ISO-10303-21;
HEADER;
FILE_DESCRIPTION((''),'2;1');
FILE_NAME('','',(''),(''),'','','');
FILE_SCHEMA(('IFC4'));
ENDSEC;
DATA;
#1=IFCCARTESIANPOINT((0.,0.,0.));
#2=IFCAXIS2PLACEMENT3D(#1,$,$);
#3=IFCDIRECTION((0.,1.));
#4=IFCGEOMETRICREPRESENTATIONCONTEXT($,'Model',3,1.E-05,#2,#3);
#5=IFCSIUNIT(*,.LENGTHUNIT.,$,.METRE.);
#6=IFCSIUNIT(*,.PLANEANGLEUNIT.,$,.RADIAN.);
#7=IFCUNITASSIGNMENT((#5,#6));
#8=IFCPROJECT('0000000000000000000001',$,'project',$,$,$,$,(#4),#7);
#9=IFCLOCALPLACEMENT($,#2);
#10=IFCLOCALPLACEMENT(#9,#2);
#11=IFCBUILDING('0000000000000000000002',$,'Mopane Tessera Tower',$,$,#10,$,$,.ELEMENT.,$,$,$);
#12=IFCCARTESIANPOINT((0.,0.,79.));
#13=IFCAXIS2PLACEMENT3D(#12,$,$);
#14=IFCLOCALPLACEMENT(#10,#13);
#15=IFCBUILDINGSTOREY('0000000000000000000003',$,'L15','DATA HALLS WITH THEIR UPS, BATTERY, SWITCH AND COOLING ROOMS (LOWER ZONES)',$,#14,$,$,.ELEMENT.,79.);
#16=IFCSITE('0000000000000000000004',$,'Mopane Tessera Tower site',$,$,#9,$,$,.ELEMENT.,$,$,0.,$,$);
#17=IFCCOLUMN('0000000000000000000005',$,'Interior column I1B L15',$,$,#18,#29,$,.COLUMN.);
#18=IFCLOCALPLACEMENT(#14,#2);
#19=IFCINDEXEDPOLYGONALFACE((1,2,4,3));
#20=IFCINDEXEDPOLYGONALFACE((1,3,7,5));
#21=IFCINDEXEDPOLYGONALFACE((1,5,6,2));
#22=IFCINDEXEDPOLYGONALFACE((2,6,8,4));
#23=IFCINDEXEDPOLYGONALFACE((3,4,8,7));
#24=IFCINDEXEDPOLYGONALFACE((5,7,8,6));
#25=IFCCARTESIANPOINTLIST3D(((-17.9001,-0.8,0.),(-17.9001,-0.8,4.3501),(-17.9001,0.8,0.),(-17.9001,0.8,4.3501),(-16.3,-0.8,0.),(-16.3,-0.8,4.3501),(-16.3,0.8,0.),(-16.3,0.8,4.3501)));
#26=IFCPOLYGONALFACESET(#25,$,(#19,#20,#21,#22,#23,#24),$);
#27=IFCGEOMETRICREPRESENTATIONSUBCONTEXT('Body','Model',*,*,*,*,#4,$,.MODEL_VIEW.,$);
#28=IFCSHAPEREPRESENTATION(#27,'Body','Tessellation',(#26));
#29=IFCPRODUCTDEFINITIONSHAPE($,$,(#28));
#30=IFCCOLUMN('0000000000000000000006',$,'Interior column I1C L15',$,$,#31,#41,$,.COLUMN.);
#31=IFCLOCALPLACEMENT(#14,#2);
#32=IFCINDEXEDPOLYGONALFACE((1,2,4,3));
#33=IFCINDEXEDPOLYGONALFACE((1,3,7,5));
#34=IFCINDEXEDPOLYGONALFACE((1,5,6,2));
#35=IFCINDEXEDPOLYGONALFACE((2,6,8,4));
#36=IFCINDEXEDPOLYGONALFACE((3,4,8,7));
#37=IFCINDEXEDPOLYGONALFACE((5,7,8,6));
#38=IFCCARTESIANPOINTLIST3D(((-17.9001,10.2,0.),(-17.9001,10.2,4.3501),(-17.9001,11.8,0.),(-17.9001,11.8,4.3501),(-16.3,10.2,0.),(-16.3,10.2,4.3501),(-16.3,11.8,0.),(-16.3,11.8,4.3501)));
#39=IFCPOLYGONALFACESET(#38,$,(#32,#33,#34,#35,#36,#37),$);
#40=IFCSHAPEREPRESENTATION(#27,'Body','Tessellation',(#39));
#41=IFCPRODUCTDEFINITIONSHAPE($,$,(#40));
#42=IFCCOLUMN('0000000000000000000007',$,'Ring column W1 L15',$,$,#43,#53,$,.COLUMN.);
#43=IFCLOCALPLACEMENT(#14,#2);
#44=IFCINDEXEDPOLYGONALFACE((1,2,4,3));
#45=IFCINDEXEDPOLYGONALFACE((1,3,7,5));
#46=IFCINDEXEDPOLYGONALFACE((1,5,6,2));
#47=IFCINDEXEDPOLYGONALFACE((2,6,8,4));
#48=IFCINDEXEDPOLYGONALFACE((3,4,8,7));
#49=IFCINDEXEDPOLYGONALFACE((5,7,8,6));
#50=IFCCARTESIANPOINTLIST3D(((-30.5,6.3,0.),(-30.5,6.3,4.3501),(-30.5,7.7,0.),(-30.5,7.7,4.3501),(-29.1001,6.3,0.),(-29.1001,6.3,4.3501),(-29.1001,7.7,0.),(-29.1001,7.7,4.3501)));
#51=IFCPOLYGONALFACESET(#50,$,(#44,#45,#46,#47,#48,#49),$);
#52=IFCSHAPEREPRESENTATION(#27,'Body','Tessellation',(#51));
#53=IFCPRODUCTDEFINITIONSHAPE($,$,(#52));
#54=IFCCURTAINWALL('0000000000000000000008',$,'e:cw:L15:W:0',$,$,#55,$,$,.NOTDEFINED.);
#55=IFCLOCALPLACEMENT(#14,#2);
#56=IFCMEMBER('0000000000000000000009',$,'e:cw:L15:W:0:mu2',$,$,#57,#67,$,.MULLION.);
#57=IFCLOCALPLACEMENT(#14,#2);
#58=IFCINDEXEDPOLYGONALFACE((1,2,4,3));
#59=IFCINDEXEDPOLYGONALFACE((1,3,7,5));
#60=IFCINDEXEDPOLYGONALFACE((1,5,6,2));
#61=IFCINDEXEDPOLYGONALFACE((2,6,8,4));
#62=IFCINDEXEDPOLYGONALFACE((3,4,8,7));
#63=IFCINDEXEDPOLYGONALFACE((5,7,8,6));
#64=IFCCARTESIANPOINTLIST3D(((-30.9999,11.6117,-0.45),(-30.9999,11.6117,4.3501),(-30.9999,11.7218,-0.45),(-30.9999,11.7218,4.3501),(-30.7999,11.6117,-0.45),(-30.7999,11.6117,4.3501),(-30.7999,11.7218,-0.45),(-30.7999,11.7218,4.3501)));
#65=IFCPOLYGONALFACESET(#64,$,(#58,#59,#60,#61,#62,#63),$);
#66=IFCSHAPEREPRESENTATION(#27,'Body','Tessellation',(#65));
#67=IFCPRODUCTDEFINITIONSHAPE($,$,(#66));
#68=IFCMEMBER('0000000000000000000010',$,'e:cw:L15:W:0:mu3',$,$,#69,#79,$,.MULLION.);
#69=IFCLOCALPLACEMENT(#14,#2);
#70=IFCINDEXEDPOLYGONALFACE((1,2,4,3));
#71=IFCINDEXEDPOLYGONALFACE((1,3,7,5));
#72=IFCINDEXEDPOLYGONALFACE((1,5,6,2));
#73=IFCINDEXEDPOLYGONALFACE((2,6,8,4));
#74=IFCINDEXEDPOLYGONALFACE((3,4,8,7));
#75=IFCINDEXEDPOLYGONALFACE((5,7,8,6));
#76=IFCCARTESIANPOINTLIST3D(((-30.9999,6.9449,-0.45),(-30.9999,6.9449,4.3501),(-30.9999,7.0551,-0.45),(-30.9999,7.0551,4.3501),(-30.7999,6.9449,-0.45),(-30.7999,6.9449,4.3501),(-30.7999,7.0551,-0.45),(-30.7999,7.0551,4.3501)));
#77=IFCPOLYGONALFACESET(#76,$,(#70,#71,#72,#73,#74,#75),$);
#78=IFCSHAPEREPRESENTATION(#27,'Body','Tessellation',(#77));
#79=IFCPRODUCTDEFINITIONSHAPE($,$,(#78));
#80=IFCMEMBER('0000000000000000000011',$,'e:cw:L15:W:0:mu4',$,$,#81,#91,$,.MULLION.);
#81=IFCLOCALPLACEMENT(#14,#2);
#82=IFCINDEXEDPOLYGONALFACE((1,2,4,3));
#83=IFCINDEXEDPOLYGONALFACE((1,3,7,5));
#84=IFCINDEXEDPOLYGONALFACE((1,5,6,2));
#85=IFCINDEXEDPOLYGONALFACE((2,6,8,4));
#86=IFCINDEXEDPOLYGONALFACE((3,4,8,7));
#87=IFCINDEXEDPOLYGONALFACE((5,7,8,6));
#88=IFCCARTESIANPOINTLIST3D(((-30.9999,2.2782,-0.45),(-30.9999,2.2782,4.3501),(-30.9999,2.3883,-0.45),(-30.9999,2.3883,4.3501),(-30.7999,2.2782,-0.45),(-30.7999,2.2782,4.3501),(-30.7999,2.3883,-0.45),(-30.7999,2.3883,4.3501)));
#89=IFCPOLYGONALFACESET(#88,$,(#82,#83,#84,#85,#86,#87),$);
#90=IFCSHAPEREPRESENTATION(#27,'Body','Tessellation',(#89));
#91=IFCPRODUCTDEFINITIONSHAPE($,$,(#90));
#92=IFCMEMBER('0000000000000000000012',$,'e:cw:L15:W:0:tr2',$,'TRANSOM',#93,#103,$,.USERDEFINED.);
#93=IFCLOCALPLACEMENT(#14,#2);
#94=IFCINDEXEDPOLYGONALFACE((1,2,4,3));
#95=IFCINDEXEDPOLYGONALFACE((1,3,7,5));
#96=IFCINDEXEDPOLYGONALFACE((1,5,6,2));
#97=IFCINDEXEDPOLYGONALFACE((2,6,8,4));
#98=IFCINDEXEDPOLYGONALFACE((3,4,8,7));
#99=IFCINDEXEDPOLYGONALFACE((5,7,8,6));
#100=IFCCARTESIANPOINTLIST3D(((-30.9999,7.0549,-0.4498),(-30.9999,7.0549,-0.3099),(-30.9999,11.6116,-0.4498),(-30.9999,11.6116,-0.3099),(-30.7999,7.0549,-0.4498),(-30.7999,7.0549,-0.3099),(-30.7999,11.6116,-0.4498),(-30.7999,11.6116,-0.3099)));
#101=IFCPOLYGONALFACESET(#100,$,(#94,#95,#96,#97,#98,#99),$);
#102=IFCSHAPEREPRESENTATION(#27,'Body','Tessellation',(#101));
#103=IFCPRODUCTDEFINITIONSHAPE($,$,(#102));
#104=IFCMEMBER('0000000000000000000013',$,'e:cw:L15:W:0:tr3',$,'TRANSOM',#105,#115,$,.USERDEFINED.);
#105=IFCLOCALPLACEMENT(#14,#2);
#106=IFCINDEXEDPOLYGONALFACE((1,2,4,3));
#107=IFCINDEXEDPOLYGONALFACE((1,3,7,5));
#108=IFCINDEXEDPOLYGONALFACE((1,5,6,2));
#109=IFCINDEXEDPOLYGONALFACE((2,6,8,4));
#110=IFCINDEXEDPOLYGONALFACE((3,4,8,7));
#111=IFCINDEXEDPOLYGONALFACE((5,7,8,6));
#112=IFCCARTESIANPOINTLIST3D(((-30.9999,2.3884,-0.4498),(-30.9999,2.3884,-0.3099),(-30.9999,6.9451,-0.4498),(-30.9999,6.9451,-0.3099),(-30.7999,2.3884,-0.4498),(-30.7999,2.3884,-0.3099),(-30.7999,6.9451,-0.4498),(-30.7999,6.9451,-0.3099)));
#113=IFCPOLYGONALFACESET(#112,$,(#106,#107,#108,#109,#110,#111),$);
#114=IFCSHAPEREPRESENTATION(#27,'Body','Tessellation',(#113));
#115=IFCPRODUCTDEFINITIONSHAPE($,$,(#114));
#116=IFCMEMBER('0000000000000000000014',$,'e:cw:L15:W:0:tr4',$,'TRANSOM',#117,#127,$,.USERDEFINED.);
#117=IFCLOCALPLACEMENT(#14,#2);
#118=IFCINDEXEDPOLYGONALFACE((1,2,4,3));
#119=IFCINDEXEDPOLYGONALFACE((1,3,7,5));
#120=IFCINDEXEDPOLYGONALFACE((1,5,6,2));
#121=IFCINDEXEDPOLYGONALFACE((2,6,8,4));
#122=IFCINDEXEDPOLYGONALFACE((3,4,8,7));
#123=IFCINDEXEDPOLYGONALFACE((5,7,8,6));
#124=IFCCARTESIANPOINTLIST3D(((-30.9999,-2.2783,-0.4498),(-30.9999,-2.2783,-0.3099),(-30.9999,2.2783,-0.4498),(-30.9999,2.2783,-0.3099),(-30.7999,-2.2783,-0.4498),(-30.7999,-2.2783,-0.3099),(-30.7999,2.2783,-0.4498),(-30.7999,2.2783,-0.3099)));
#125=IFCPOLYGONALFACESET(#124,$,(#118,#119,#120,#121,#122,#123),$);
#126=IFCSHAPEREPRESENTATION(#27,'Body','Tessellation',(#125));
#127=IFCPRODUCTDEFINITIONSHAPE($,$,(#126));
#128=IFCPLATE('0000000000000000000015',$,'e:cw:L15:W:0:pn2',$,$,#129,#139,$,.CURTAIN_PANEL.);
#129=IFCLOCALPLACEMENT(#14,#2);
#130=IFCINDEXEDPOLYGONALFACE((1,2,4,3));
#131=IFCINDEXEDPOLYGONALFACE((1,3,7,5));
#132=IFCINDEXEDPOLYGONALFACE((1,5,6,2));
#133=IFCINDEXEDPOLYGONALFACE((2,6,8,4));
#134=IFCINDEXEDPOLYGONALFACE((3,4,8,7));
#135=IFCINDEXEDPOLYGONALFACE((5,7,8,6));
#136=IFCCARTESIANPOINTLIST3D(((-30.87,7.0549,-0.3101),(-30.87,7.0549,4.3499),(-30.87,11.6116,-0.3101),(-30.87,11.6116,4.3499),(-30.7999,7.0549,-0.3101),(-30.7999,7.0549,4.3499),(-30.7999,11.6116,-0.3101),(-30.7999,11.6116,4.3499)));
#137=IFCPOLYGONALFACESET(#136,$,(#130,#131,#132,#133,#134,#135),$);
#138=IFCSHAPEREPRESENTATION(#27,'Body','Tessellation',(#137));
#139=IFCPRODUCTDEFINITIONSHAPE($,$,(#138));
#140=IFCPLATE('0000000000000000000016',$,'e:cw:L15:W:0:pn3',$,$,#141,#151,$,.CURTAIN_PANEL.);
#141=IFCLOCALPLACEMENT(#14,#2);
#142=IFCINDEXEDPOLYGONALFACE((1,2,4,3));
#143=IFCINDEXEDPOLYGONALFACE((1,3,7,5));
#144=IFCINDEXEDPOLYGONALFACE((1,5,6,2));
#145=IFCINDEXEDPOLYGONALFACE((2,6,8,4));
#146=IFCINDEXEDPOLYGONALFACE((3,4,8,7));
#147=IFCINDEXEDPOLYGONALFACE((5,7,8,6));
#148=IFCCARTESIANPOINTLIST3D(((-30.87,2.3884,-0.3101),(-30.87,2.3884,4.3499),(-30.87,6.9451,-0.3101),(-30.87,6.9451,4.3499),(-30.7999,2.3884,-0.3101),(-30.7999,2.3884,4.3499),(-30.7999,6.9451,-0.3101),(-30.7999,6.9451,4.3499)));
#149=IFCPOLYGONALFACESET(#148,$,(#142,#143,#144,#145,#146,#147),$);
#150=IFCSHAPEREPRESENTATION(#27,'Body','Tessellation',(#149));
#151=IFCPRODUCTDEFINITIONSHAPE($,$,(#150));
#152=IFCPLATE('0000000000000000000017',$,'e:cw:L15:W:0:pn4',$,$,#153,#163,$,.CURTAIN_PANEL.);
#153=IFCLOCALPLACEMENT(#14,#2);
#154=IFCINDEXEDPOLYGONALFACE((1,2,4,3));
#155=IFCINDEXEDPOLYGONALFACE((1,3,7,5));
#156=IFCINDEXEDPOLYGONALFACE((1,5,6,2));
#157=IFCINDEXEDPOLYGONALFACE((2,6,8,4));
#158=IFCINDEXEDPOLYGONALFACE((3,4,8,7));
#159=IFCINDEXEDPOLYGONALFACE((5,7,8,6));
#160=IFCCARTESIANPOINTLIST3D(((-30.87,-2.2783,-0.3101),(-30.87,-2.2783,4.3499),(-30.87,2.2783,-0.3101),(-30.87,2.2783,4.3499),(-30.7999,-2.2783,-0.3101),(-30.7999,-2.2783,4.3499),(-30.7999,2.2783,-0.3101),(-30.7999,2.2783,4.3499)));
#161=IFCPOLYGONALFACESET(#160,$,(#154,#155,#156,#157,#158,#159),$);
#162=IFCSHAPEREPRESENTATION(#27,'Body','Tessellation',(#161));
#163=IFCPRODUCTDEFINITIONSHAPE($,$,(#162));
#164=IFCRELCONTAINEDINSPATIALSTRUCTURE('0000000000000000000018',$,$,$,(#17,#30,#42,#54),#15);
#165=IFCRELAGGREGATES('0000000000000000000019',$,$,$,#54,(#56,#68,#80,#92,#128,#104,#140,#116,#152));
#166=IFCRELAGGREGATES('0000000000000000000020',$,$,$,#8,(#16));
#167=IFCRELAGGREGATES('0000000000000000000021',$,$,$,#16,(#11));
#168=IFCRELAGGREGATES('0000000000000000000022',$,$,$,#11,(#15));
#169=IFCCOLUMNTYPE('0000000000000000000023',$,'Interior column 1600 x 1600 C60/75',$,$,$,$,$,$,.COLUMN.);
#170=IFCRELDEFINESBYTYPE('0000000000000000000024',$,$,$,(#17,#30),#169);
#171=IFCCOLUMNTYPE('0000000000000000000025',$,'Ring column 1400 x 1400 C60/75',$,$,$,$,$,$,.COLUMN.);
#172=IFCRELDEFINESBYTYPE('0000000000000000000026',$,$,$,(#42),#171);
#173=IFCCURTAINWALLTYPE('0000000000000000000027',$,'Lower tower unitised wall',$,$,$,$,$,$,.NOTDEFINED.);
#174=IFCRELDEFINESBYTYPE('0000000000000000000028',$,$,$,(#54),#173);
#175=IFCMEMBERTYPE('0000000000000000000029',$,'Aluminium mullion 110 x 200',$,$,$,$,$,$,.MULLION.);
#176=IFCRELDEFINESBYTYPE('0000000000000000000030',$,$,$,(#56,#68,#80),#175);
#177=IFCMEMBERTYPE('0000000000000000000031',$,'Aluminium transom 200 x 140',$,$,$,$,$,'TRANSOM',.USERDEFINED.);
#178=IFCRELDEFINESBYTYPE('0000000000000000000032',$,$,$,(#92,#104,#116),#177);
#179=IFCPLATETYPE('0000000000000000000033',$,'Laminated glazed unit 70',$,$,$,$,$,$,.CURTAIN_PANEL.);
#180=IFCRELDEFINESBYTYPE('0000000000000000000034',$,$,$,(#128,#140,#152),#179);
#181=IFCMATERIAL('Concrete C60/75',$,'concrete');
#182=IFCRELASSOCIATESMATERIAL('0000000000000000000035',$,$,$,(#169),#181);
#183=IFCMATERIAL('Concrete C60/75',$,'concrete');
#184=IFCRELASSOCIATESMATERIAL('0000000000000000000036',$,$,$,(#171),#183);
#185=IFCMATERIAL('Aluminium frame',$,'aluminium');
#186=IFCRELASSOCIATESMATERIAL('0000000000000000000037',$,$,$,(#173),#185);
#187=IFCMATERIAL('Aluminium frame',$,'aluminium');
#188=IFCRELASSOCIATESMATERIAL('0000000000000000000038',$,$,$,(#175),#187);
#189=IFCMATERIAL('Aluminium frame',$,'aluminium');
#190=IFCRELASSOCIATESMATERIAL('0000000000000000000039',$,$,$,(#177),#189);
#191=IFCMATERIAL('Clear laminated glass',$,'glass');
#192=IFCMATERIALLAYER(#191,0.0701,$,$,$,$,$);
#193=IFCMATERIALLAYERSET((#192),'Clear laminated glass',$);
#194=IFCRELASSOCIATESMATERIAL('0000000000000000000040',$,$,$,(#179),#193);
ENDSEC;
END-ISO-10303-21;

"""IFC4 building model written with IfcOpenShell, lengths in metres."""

from ifc_helpers import new_model, si_unit, direction, frame, origin, origin_2d, place, context, subcontext, project, spatial, rectangle, extrude, material, layer, layer_set, material_profile, profile_set, type_object, element, aggregate, save


model = new_model("IFC4")

# Units and contexts
model_context = context("Model", 3, precision=1e-05, world=origin(), true_north=direction((0.0, 1.0)))
body_context = subcontext(model_context, "Body", "Model", "MODEL_VIEW")
ifc_project = project(units=[si_unit("LENGTHUNIT", "METRE"), si_unit("PLANEANGLEUNIT", "RADIAN")], contexts=[model_context])

# Site, building, storey
site_placement = place(None, origin())
site = spatial("IfcSite", under=ifc_project, at=site_placement, Name="Mopane Tessera Tower site", CompositionType="ELEMENT", RefElevation=0.0)
building_placement = place(site_placement, origin())
building = spatial("IfcBuilding", under=site, at=building_placement, Name="Mopane Tessera Tower", CompositionType="ELEMENT")
storey_placement = place(building_placement, frame((0.0, 0.0, 79.0)))
storey = spatial("IfcBuildingStorey", under=building, at=storey_placement, Name="L15", Description="DATA HALLS WITH THEIR UPS, BATTERY, SWITCH AND COOLING ROOMS (LOWER ZONES)", CompositionType="ELEMENT", Elevation=79.0)

# Columns
ifc_material_1 = material(Name="Concrete C60/75", Category="concrete")
ifc_material_profile_1 = material_profile(ifc_material_1, rectangle(XDim=1.6001, YDim=1.6001, at=origin_2d()))
ifc_profile_set_1 = profile_set([ifc_material_profile_1], Name="Concrete C60/75")
column_type_1 = type_object("IfcColumnType", Name="Interior column 1600 x 1600 C60/75", PredefinedType="COLUMN", material=ifc_profile_set_1)
for number, where, z_axis, x_axis, name in (
    (1, (-17.1001, 0.0, 0.0), (0.0, 0.0, 1.0), (1.0, 0.0, 0.0), "Interior column I1B L15"),
    (2, (-17.1001, 11.0, 0.0), (0.0, 0.0, 1.0), (1.0, 0.0, 0.0), "Interior column I1C L15"),
):
    element("IfcColumn", number, at=place(storey_placement, frame(where, z_axis=z_axis, x_axis=x_axis)), inside=storey, type_object=column_type_1, Name=name, PredefinedType="COLUMN", context=body_context, shape_type="SweptSolid", body=[
        extrude(rectangle(XDim=1.6001, YDim=1.6001, at=origin_2d()), origin(), (0.0, 0.0, 1.0), 4.3501),
    ])
ifc_material_2 = material(Name="Concrete C60/75", Category="concrete")
ifc_material_profile_2 = material_profile(ifc_material_2, rectangle(XDim=1.3999, YDim=1.3999, at=origin_2d()))
ifc_profile_set_2 = profile_set([ifc_material_profile_2], Name="Concrete C60/75")
column_type_2 = type_object("IfcColumnType", Name="Ring column 1400 x 1400 C60/75", PredefinedType="COLUMN", material=ifc_profile_set_2)
column_placement = place(storey_placement, frame((-29.8, 7.0, 0.0), z_axis=(0.0, 0.0, 1.0), x_axis=(1.0, 0.0, 0.0)))
element("IfcColumn", 3, at=column_placement, inside=storey, type_object=column_type_2, Name="Ring column W1 L15", PredefinedType="COLUMN", context=body_context, shape_type="SweptSolid", body=[
    extrude(rectangle(XDim=1.3999, YDim=1.3999, at=origin_2d()), origin(), (0.0, 0.0, 1.0), 4.3501),
])

# Curtain wall, members, plates
ifc_material_3 = material(Name="Aluminium frame", Category="aluminium")
curtain_wall_type = type_object("IfcCurtainWallType", Name="Lower tower unitised wall", PredefinedType="NOTDEFINED", material=ifc_material_3)
curtain_wall_placement = place(storey_placement, origin())
curtain_wall = element("IfcCurtainWall", 4, at=curtain_wall_placement, inside=storey, type_object=curtain_wall_type, Name="e:cw:L15:W:0", PredefinedType="NOTDEFINED")
ifc_material_4 = material(Name="Aluminium frame", Category="aluminium")
ifc_material_profile_3 = material_profile(ifc_material_4, rectangle(XDim=0.1101, YDim=0.2, at=origin_2d()))
ifc_profile_set_3 = profile_set([ifc_material_profile_3], Name="Aluminium frame")
member_type_1 = type_object("IfcMemberType", Name="Aluminium mullion 110 x 200", PredefinedType="MULLION", material=ifc_profile_set_3)
member_1_placement = place(storey_placement, frame((-30.8999, 11.6667, -0.45), z_axis=(0.0, 0.0, 1.0), x_axis=(0.0, -1.0, 0.0)))
member_1 = element("IfcMember", 5, at=member_1_placement, type_object=member_type_1, Name="e:cw:L15:W:0:mu2", PredefinedType="MULLION", context=body_context, shape_type="SweptSolid", body=[
    extrude(rectangle(XDim=0.1101, YDim=0.2, at=origin_2d()), origin(), (0.0, 0.0, 1.0), 4.8),
])
member_2_placement = place(storey_placement, frame((-30.8999, 7.0, -0.45), z_axis=(0.0, 0.0, 1.0), x_axis=(0.0, -1.0, 0.0)))
member_2 = element("IfcMember", 6, at=member_2_placement, type_object=member_type_1, Name="e:cw:L15:W:0:mu3", PredefinedType="MULLION", context=body_context, shape_type="SweptSolid", body=[
    extrude(rectangle(XDim=0.1101, YDim=0.2, at=origin_2d()), origin(), (0.0, 0.0, 1.0), 4.8),
])
member_3_placement = place(storey_placement, frame((-30.8999, 2.3333, -0.45), z_axis=(0.0, 0.0, 1.0), x_axis=(0.0, -1.0, 0.0)))
member_3 = element("IfcMember", 7, at=member_3_placement, type_object=member_type_1, Name="e:cw:L15:W:0:mu4", PredefinedType="MULLION", context=body_context, shape_type="SweptSolid", body=[
    extrude(rectangle(XDim=0.1101, YDim=0.2, at=origin_2d()), origin(), (0.0, 0.0, 1.0), 4.8),
])
ifc_material_5 = material(Name="Aluminium frame", Category="aluminium")
ifc_material_profile_4 = material_profile(ifc_material_5, rectangle(XDim=0.2, YDim=0.1399, at=origin_2d()))
ifc_profile_set_4 = profile_set([ifc_material_profile_4], Name="Aluminium frame")
member_type_2 = type_object("IfcMemberType", Name="Aluminium transom 200 x 140", ElementType="TRANSOM", PredefinedType="USERDEFINED", material=ifc_profile_set_4)
member_4_placement = place(storey_placement, frame((-30.8999, 11.6116, -0.3799), z_axis=(0.0, -1.0, 0.0), x_axis=(1.0, 0.0, 0.0)))
member_4 = element("IfcMember", 8, at=member_4_placement, type_object=member_type_2, Name="e:cw:L15:W:0:tr2", ObjectType="TRANSOM", PredefinedType="USERDEFINED", context=body_context, shape_type="SweptSolid", body=[
    extrude(rectangle(XDim=0.2, YDim=0.1399, at=origin_2d()), origin(), (0.0, 0.0, 1.0), 4.5566),
])
member_5_placement = place(storey_placement, frame((-30.8999, 6.9451, -0.3799), z_axis=(0.0, -1.0, 0.0), x_axis=(1.0, 0.0, 0.0)))
member_5 = element("IfcMember", 9, at=member_5_placement, type_object=member_type_2, Name="e:cw:L15:W:0:tr3", ObjectType="TRANSOM", PredefinedType="USERDEFINED", context=body_context, shape_type="SweptSolid", body=[
    extrude(rectangle(XDim=0.2, YDim=0.1399, at=origin_2d()), origin(), (0.0, 0.0, 1.0), 4.5566),
])
member_6_placement = place(storey_placement, frame((-30.8999, 2.2783, -0.3799), z_axis=(0.0, -1.0, 0.0), x_axis=(1.0, 0.0, 0.0)))
member_6 = element("IfcMember", 10, at=member_6_placement, type_object=member_type_2, Name="e:cw:L15:W:0:tr4", ObjectType="TRANSOM", PredefinedType="USERDEFINED", context=body_context, shape_type="SweptSolid", body=[
    extrude(rectangle(XDim=0.2, YDim=0.1399, at=origin_2d()), origin(), (0.0, 0.0, 1.0), 4.5566),
])
ifc_material_6 = material(Name="Clear laminated glass", Category="glass")
ifc_layer_1 = layer(ifc_material_6, 0.0701)
ifc_layer_set_1 = layer_set([ifc_layer_1], Name="Clear laminated glass")
plate_type = type_object("IfcPlateType", Name="Laminated glazed unit 70", PredefinedType="CURTAIN_PANEL", material=ifc_layer_set_1)
plate_1_placement = place(storey_placement, frame((-30.835, 9.3333, -0.3101), z_axis=(0.0, 0.0, 1.0), x_axis=(0.0, -1.0, 0.0)))
plate_1 = element("IfcPlate", 11, at=plate_1_placement, type_object=plate_type, Name="e:cw:L15:W:0:pn2", PredefinedType="CURTAIN_PANEL", context=body_context, shape_type="SweptSolid", body=[
    extrude(rectangle(XDim=4.5566, YDim=0.0701, at=origin_2d()), origin(), (0.0, 0.0, 1.0), 4.6599),
])
plate_2_placement = place(storey_placement, frame((-30.835, 4.6667, -0.3101), z_axis=(0.0, 0.0, 1.0), x_axis=(0.0, -1.0, 0.0)))
plate_2 = element("IfcPlate", 12, at=plate_2_placement, type_object=plate_type, Name="e:cw:L15:W:0:pn3", PredefinedType="CURTAIN_PANEL", context=body_context, shape_type="SweptSolid", body=[
    extrude(rectangle(XDim=4.5566, YDim=0.0701, at=origin_2d()), origin(), (0.0, 0.0, 1.0), 4.6599),
])
plate_3_placement = place(storey_placement, frame((-30.835, 0.0, -0.3101), z_axis=(0.0, 0.0, 1.0), x_axis=(0.0, -1.0, 0.0)))
plate_3 = element("IfcPlate", 13, at=plate_3_placement, type_object=plate_type, Name="e:cw:L15:W:0:pn4", PredefinedType="CURTAIN_PANEL", context=body_context, shape_type="SweptSolid", body=[
    extrude(rectangle(XDim=4.5566, YDim=0.0701, at=origin_2d()), origin(), (0.0, 0.0, 1.0), 4.6599),
])
aggregate(curtain_wall, [member_1, member_2, member_3, member_4, plate_1, member_5, plate_2, member_6, plate_3])

save(model, "model.ifc")
